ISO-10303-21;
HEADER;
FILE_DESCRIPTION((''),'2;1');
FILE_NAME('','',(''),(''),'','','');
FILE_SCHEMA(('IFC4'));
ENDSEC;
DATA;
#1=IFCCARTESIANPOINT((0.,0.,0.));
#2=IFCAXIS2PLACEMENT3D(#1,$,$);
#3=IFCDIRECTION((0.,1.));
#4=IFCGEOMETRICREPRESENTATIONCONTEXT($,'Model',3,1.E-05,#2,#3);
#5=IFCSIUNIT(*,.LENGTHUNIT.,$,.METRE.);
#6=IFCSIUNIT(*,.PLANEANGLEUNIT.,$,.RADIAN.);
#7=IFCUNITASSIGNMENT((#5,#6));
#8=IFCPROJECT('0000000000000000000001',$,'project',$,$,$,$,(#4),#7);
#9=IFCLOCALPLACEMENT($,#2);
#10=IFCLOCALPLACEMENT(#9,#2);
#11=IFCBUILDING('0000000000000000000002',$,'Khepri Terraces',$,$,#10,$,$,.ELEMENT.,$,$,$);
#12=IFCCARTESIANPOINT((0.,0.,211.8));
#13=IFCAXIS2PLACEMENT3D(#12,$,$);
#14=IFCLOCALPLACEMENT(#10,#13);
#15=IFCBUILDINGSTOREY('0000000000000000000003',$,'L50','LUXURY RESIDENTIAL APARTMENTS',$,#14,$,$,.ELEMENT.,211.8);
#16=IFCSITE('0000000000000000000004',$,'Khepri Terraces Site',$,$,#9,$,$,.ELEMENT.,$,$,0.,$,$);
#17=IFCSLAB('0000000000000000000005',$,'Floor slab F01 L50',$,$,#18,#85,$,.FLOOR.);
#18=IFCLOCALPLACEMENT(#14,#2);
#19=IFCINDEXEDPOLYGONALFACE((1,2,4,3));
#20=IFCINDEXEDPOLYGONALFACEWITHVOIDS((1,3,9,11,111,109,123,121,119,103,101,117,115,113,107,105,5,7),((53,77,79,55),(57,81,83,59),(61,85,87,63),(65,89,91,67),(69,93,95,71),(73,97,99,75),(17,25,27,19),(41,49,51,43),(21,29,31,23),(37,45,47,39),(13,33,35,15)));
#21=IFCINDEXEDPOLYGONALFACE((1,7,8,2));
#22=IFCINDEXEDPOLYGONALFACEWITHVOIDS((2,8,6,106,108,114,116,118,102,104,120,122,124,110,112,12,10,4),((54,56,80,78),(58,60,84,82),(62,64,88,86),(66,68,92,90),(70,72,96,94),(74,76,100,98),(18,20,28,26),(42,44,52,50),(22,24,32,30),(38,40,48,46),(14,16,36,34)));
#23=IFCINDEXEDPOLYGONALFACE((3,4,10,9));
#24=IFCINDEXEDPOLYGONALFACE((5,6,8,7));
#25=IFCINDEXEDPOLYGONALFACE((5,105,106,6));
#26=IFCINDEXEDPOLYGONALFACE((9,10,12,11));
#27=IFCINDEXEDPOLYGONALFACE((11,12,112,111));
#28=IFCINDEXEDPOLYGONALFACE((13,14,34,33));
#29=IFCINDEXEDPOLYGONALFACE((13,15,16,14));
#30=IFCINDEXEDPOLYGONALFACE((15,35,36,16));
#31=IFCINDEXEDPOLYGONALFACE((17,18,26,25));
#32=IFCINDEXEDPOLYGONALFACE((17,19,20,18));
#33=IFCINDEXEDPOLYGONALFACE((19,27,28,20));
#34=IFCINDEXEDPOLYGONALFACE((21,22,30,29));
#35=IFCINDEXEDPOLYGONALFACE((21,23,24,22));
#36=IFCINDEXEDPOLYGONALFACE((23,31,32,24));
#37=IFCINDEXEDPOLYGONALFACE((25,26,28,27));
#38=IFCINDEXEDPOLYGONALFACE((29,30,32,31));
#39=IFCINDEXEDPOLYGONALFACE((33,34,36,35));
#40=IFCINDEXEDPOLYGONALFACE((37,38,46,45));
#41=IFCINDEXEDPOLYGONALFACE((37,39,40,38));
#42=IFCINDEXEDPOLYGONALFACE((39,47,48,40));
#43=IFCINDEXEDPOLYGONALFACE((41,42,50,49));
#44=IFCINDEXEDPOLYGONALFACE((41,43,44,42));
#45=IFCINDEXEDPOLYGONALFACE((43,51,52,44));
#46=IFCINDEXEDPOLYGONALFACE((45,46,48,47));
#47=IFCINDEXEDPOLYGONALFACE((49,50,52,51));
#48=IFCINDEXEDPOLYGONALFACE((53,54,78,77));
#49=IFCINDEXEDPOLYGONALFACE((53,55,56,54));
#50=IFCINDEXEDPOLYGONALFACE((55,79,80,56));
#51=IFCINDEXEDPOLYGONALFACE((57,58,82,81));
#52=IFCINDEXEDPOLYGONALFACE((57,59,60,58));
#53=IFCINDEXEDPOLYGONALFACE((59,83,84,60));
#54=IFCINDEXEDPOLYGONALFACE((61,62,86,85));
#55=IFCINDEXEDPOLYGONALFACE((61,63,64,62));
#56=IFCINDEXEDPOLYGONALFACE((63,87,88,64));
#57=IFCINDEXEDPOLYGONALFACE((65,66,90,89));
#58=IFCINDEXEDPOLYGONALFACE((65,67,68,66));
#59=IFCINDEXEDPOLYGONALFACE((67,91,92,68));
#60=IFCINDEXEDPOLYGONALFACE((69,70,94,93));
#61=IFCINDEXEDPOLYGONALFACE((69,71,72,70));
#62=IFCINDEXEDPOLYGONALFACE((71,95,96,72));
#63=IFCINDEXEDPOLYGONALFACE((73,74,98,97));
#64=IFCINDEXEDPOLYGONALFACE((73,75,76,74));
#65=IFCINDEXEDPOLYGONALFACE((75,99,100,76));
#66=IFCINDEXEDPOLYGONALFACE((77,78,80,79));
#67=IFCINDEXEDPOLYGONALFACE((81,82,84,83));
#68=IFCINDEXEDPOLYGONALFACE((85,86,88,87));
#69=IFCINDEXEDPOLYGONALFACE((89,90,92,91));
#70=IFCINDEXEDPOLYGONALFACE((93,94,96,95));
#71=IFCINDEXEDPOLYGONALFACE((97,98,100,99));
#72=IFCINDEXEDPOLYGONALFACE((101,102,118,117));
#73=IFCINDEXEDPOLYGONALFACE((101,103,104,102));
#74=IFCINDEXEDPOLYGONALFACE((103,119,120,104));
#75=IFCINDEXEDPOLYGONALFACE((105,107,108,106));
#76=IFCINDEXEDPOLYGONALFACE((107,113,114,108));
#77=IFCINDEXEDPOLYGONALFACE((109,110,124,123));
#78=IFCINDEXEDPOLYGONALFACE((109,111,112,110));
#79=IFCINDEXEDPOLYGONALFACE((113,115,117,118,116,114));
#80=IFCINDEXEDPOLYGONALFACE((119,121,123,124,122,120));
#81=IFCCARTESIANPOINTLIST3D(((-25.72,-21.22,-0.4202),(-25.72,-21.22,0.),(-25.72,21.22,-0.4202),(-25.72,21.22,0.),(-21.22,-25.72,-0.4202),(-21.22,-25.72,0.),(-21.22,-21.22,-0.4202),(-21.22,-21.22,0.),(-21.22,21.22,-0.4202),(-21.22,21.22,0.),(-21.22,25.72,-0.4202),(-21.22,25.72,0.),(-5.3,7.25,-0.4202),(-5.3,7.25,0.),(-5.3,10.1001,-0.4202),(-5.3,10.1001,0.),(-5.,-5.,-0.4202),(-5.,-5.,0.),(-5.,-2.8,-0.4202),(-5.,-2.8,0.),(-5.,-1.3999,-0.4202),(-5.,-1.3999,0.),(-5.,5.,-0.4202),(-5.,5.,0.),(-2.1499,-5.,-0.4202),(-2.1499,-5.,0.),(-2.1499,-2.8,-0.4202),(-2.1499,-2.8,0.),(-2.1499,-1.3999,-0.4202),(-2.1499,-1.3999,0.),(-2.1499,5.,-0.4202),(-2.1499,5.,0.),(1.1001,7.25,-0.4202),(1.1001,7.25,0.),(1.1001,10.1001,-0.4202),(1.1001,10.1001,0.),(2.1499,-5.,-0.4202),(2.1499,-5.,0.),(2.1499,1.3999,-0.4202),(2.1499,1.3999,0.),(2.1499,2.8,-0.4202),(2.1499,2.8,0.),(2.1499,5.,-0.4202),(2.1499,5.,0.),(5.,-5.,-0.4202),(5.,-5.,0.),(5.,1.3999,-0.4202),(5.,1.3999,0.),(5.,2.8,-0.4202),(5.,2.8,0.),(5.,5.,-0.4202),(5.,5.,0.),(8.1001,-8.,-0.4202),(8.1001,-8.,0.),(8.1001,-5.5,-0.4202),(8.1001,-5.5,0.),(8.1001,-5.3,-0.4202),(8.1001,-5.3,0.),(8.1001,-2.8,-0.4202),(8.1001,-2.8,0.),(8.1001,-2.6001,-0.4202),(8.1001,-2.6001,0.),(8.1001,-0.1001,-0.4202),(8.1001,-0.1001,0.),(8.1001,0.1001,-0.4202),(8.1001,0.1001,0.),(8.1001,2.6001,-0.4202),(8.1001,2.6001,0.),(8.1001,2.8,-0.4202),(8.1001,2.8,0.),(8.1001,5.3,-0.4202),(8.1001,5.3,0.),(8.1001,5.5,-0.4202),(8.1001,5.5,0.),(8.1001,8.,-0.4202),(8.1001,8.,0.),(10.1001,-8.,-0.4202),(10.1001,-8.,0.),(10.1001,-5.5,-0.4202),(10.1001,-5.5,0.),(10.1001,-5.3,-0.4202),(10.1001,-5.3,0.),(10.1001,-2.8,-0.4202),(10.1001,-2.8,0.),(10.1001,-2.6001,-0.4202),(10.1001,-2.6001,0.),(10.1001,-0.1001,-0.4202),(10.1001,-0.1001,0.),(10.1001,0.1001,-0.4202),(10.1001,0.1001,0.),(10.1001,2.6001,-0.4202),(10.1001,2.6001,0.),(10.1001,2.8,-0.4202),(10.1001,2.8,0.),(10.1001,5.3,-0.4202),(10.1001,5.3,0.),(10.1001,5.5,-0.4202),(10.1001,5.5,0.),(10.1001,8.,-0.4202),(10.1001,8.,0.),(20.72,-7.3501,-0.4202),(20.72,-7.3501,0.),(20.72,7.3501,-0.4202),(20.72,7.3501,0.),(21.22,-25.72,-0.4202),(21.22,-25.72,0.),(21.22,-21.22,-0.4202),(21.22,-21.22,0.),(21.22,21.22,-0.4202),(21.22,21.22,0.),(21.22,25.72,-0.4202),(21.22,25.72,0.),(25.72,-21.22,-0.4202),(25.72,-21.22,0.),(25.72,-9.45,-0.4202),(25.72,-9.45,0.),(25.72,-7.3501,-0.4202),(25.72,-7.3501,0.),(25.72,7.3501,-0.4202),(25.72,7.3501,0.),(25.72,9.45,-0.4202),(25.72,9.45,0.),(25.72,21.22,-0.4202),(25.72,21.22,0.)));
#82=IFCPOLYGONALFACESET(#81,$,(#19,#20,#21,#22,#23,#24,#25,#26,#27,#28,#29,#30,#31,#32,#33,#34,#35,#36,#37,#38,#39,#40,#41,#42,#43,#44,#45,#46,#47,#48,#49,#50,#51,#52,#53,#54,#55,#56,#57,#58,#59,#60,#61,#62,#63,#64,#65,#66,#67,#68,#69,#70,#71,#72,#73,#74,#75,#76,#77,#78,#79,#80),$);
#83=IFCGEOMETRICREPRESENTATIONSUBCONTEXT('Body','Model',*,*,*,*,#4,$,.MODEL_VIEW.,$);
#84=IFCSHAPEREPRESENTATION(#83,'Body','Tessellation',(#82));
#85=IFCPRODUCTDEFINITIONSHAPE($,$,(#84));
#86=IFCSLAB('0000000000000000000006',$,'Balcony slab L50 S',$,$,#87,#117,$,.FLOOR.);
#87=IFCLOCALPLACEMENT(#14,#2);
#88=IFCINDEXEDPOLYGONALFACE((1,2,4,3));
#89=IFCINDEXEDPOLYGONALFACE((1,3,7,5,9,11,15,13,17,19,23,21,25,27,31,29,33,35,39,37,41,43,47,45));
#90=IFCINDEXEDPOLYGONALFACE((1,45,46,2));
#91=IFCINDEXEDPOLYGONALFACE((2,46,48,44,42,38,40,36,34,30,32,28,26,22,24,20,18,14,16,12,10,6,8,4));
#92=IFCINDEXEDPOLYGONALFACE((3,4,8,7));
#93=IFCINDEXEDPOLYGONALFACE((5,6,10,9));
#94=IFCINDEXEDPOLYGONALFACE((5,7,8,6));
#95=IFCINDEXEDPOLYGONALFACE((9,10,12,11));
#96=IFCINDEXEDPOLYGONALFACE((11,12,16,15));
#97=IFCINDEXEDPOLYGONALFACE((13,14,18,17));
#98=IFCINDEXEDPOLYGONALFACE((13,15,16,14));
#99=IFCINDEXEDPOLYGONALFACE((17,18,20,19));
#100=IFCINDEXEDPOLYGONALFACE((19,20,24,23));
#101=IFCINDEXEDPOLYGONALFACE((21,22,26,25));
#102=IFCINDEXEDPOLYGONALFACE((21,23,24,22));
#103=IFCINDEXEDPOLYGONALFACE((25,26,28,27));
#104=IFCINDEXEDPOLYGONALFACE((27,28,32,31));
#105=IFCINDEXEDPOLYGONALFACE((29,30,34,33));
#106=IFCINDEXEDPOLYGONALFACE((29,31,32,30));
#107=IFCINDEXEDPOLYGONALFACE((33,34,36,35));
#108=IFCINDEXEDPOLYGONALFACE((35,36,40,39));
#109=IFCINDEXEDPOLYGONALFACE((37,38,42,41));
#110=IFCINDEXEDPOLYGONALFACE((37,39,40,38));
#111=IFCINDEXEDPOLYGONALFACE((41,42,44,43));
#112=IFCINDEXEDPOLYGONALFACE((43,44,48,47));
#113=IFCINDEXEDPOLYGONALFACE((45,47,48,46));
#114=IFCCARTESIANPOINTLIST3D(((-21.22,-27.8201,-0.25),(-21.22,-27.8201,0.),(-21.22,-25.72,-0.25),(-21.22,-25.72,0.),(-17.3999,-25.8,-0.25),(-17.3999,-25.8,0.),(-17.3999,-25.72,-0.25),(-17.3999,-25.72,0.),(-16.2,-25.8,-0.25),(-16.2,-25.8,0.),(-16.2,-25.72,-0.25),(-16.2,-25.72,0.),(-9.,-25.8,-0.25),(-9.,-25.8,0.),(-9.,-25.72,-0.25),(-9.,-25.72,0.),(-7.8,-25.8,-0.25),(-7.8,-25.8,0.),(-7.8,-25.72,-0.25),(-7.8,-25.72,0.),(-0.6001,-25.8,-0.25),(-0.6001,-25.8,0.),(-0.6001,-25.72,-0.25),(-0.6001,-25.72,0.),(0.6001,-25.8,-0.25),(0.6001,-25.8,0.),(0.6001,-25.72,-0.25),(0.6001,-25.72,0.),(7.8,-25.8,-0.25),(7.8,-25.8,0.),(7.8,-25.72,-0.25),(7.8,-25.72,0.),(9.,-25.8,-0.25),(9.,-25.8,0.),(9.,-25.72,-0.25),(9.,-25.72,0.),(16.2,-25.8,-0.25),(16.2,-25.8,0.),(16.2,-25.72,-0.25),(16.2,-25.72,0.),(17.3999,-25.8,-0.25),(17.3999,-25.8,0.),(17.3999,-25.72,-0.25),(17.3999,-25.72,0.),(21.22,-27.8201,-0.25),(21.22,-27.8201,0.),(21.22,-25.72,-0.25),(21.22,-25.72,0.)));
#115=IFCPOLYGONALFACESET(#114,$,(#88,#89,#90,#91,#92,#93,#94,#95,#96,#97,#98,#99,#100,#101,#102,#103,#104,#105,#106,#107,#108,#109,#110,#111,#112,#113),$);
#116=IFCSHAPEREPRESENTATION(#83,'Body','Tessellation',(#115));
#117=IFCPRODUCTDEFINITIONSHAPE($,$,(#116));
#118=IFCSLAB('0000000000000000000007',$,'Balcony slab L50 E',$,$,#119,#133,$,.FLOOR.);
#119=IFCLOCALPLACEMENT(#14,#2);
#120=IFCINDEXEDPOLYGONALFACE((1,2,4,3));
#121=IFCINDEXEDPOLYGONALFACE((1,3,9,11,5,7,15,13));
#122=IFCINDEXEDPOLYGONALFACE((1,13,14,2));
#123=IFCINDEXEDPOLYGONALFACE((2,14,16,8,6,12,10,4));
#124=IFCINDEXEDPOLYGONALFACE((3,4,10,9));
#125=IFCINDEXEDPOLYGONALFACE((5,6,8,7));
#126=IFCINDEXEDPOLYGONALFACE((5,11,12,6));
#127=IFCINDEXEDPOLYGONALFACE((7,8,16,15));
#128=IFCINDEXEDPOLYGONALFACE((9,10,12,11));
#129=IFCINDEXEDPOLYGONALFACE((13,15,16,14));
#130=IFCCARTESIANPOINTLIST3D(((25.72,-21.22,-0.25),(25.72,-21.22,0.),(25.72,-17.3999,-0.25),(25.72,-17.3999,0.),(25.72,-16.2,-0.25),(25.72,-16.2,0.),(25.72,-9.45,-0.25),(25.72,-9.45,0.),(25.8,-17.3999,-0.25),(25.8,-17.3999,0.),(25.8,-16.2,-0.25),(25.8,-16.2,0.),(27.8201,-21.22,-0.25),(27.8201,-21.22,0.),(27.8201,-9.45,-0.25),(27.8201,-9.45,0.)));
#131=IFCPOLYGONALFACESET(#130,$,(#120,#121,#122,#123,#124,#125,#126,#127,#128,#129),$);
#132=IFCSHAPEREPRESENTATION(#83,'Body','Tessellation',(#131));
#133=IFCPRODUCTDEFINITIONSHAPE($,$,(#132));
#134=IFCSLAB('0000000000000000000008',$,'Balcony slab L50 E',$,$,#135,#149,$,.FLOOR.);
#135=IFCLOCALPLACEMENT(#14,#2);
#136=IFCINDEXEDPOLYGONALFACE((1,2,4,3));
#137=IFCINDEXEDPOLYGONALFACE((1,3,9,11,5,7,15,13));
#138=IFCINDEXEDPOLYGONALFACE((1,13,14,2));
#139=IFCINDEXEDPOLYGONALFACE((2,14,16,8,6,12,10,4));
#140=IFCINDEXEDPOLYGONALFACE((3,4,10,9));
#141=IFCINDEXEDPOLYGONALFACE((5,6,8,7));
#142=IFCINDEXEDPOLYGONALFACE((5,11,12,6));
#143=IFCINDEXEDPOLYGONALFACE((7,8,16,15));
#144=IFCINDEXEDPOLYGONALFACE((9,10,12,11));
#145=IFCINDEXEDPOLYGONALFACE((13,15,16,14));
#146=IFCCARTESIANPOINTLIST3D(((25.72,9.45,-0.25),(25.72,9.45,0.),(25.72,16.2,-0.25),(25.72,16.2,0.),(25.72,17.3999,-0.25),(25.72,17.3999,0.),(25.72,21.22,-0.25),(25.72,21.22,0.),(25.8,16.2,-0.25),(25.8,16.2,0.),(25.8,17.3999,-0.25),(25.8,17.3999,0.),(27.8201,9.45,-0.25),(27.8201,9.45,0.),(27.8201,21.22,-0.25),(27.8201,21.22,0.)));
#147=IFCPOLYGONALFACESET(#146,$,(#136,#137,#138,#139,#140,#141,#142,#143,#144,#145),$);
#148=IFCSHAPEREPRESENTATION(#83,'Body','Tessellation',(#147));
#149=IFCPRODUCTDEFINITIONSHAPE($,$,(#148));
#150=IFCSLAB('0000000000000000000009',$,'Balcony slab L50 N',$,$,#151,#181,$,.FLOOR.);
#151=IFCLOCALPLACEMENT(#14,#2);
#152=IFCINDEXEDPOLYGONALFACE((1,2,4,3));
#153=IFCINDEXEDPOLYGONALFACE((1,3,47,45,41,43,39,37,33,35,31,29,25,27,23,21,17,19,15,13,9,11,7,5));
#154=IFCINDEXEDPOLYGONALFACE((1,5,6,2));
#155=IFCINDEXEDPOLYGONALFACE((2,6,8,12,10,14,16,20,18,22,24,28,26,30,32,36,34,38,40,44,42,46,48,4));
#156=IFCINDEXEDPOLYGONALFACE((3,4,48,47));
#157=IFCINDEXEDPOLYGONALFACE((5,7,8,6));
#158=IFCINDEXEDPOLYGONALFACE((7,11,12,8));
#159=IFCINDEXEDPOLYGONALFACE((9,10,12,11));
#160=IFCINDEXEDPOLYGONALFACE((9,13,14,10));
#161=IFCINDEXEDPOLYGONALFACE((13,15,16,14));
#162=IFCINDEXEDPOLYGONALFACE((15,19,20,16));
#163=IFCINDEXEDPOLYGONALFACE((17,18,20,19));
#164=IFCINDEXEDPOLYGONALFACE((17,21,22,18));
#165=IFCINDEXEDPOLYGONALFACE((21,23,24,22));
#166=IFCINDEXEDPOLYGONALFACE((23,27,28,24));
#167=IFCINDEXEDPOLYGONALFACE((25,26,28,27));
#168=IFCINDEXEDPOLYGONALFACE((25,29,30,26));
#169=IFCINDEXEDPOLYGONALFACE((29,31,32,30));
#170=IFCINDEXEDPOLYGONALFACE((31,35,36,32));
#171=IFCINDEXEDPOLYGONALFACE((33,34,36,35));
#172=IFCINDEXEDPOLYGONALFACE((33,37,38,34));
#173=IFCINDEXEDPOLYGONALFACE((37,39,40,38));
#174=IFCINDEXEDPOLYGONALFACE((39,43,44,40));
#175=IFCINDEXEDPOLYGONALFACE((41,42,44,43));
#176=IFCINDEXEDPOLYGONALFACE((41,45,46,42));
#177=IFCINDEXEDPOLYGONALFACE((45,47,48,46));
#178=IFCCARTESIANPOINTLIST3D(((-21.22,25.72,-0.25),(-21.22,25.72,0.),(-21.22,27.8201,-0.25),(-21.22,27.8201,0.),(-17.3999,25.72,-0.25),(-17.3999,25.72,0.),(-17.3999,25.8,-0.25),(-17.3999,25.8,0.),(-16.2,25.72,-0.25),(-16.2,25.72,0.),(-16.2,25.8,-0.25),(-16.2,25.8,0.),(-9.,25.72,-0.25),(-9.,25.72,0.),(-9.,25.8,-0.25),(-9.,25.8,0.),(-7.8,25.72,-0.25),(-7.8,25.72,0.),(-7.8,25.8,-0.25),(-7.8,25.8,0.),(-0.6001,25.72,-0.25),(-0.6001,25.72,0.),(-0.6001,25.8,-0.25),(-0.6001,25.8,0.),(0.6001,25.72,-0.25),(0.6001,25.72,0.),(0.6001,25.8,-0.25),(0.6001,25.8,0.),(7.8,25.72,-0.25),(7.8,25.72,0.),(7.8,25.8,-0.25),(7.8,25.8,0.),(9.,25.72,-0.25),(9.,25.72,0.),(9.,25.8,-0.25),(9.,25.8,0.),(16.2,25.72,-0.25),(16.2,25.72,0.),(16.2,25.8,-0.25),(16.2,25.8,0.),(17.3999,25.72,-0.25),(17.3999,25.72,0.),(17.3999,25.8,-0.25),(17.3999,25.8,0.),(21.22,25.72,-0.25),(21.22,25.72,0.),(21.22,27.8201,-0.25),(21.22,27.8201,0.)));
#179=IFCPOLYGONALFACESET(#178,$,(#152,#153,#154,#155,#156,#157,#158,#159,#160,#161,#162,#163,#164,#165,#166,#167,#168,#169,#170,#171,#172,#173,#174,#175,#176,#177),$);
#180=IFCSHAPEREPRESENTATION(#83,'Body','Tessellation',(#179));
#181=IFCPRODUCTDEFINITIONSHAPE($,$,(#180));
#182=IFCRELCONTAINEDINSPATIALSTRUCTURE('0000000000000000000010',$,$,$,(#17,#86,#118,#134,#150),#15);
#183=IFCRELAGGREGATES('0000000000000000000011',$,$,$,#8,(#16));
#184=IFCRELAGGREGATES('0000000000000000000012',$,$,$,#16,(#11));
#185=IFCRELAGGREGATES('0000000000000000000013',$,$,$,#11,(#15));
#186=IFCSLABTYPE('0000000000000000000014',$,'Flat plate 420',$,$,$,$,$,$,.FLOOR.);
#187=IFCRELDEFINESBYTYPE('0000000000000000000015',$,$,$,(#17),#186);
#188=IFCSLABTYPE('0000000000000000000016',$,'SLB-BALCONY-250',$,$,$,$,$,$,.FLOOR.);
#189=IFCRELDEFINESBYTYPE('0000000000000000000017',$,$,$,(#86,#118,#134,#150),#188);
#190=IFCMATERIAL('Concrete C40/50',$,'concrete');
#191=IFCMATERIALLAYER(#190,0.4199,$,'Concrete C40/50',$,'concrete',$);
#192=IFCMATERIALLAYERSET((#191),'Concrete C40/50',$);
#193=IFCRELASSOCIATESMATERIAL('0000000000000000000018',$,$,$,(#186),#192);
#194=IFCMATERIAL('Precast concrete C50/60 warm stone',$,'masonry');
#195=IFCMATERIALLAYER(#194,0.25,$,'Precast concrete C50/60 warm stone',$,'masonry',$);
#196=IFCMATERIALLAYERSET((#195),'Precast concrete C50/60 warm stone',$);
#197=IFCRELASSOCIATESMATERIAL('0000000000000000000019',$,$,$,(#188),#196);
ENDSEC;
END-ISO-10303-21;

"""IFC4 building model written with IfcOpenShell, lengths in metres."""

from ifc_helpers import new_model, si_unit, direction, frame, origin, place, context, subcontext, project, spatial, polyline, outline, extrude, material, layer, layer_set, type_object, element, save


model = new_model("IFC4")

# Units and contexts
model_context = context("Model", 3, precision=1e-05, world=origin(), true_north=direction((0.0, 1.0)))
body_context = subcontext(model_context, "Body", "Model", "MODEL_VIEW")
ifc_project = project(units=[si_unit("LENGTHUNIT", "METRE"), si_unit("PLANEANGLEUNIT", "RADIAN")], contexts=[model_context])

# Site, building, storey
site_placement = place(None, origin())
site = spatial("IfcSite", under=ifc_project, at=site_placement, Name="Khepri Terraces Site", CompositionType="ELEMENT", RefElevation=0.0)
building_placement = place(site_placement, origin())
building = spatial("IfcBuilding", under=site, at=building_placement, Name="Khepri Terraces", CompositionType="ELEMENT")
storey_placement = place(building_placement, frame((0.0, 0.0, 211.8)))
storey = spatial("IfcBuildingStorey", under=building, at=storey_placement, Name="L50", Description="LUXURY RESIDENTIAL APARTMENTS", CompositionType="ELEMENT", Elevation=211.8)

# Slabs
ifc_material_1 = material(Name="Concrete C40/50", Category="concrete")
ifc_layer_1 = layer(ifc_material_1, 0.4199, Name="Concrete C40/50", Category="concrete")
ifc_layer_set_1 = layer_set([ifc_layer_1], Name="Concrete C40/50")
slab_type_1 = type_object("IfcSlabType", Name="Flat plate 420", PredefinedType="FLOOR", material=ifc_layer_set_1)
slab_1_placement = place(storey_placement, frame((0.0, 0.0, -0.4202)))
element("IfcSlab", 1, at=slab_1_placement, inside=storey, type_object=slab_type_1, Name="Floor slab F01 L50", PredefinedType="FLOOR", context=body_context, shape_type="SweptSolid", body=[
    extrude(outline(polyline([(21.22, 25.72), (21.22, 21.22), (25.72, 21.22), (25.72, 9.45), (25.72, 7.3501), (20.72, 7.3501), (20.72, -7.3501), (25.72, -7.3501), (25.72, -9.45), (25.72, -21.22), (21.22, -21.22), (21.22, -25.72), (-21.22, -25.72), (-21.22, -21.22), (-25.72, -21.22), (-25.72, 21.22), (-21.22, 21.22), (-21.22, 25.72), (21.22, 25.72)]), holes=[polyline([(2.1499, 2.8), (5.0, 2.8), (5.0, 5.0), (2.1499, 5.0), (2.1499, 2.8)]), polyline([(-5.0, -2.8), (-5.0, -5.0), (-2.1499, -5.0), (-2.1499, -2.8), (-5.0, -2.8)]), polyline([(10.1001, -5.5), (8.1001, -5.5), (8.1001, -8.0), (10.1001, -8.0), (10.1001, -5.5)]), polyline([(10.1001, -5.3), (10.1001, -2.8), (8.1001, -2.8), (8.1001, -5.3), (10.1001, -5.3)]), polyline([(8.1001, -2.6001), (10.1001, -2.6001), (10.1001, -0.1001), (8.1001, -0.1001), (8.1001, -2.6001)]), polyline([(8.1001, 2.6001), (8.1001, 0.1001), (10.1001, 0.1001), (10.1001, 2.6001), (8.1001, 2.6001)]), polyline([(10.1001, 5.3), (8.1001, 5.3), (8.1001, 2.8), (10.1001, 2.8), (10.1001, 5.3)]), polyline([(10.1001, 5.5), (10.1001, 8.0), (8.1001, 8.0), (8.1001, 5.5), (10.1001, 5.5)]), polyline([(-5.0, -1.3999), (-2.1499, -1.3999), (-2.1499, 5.0), (-5.0, 5.0), (-5.0, -1.3999)]), polyline([(5.0, -5.0), (5.0, 1.3999), (2.1499, 1.3999), (2.1499, -5.0), (5.0, -5.0)]), polyline([(-5.3, 10.1001), (-5.3, 7.25), (1.1001, 7.25), (1.1001, 10.1001), (-5.3, 10.1001)])]), origin(), (0.0, 0.0, 1.0), 0.4202),
])
ifc_material_2 = material(Name="Precast concrete C50/60 warm stone", Category="masonry")
ifc_layer_2 = layer(ifc_material_2, 0.25, Name="Precast concrete C50/60 warm stone", Category="masonry")
ifc_layer_set_2 = layer_set([ifc_layer_2], Name="Precast concrete C50/60 warm stone")
slab_type_2 = type_object("IfcSlabType", Name="SLB-BALCONY-250", PredefinedType="FLOOR", material=ifc_layer_set_2)
slab_2_placement = place(storey_placement, frame((0.0, 0.0, -0.25)))
element("IfcSlab", 2, at=slab_2_placement, inside=storey, type_object=slab_type_2, Name="Balcony slab L50 S", PredefinedType="FLOOR", context=body_context, shape_type="SweptSolid", body=[
    extrude(outline(polyline([(-17.3999, -25.72), (-21.22, -25.72), (-21.22, -27.8201), (21.22, -27.8201), (21.22, -25.72), (17.3999, -25.72), (17.3999, -25.8), (16.2, -25.8), (16.2, -25.72), (9.0, -25.72), (9.0, -25.8), (7.8, -25.8), (7.8, -25.72), (0.6001, -25.72), (0.6001, -25.8), (-0.6001, -25.8), (-0.6001, -25.72), (-7.8, -25.72), (-7.8, -25.8), (-9.0, -25.8), (-9.0, -25.72), (-16.2, -25.72), (-16.2, -25.8), (-17.3999, -25.8), (-17.3999, -25.72)])), origin(), (0.0, 0.0, 1.0), 0.25),
])
slab_3_placement = place(storey_placement, frame((0.0, 0.0, -0.25)))
element("IfcSlab", 3, at=slab_3_placement, inside=storey, type_object=slab_type_2, Name="Balcony slab L50 E", PredefinedType="FLOOR", context=body_context, shape_type="SweptSolid", body=[
    extrude(outline(polyline([(25.72, -17.3999), (25.72, -21.22), (27.8201, -21.22), (27.8201, -9.45), (25.72, -9.45), (25.72, -16.2), (25.8, -16.2), (25.8, -17.3999), (25.72, -17.3999)])), origin(), (0.0, 0.0, 1.0), 0.25),
])
slab_4_placement = place(storey_placement, frame((0.0, 0.0, -0.25)))
element("IfcSlab", 4, at=slab_4_placement, inside=storey, type_object=slab_type_2, Name="Balcony slab L50 E", PredefinedType="FLOOR", context=body_context, shape_type="SweptSolid", body=[
    extrude(outline(polyline([(25.72, 16.2), (25.72, 9.45), (27.8201, 9.45), (27.8201, 21.22), (25.72, 21.22), (25.72, 17.3999), (25.8, 17.3999), (25.8, 16.2), (25.72, 16.2)])), origin(), (0.0, 0.0, 1.0), 0.25),
])
slab_5_placement = place(storey_placement, frame((0.0, 0.0, -0.25)))
element("IfcSlab", 5, at=slab_5_placement, inside=storey, type_object=slab_type_2, Name="Balcony slab L50 N", PredefinedType="FLOOR", context=body_context, shape_type="SweptSolid", body=[
    extrude(outline(polyline([(17.3999, 25.72), (21.22, 25.72), (21.22, 27.8201), (-21.22, 27.8201), (-21.22, 25.72), (-17.3999, 25.72), (-17.3999, 25.8), (-16.2, 25.8), (-16.2, 25.72), (-9.0, 25.72), (-9.0, 25.8), (-7.8, 25.8), (-7.8, 25.72), (-0.6001, 25.72), (-0.6001, 25.8), (0.6001, 25.8), (0.6001, 25.72), (7.8, 25.72), (7.8, 25.8), (9.0, 25.8), (9.0, 25.72), (16.2, 25.72), (16.2, 25.8), (17.3999, 25.8), (17.3999, 25.72)])), origin(), (0.0, 0.0, 1.0), 0.25),
])

save(model, "model.ifc")
